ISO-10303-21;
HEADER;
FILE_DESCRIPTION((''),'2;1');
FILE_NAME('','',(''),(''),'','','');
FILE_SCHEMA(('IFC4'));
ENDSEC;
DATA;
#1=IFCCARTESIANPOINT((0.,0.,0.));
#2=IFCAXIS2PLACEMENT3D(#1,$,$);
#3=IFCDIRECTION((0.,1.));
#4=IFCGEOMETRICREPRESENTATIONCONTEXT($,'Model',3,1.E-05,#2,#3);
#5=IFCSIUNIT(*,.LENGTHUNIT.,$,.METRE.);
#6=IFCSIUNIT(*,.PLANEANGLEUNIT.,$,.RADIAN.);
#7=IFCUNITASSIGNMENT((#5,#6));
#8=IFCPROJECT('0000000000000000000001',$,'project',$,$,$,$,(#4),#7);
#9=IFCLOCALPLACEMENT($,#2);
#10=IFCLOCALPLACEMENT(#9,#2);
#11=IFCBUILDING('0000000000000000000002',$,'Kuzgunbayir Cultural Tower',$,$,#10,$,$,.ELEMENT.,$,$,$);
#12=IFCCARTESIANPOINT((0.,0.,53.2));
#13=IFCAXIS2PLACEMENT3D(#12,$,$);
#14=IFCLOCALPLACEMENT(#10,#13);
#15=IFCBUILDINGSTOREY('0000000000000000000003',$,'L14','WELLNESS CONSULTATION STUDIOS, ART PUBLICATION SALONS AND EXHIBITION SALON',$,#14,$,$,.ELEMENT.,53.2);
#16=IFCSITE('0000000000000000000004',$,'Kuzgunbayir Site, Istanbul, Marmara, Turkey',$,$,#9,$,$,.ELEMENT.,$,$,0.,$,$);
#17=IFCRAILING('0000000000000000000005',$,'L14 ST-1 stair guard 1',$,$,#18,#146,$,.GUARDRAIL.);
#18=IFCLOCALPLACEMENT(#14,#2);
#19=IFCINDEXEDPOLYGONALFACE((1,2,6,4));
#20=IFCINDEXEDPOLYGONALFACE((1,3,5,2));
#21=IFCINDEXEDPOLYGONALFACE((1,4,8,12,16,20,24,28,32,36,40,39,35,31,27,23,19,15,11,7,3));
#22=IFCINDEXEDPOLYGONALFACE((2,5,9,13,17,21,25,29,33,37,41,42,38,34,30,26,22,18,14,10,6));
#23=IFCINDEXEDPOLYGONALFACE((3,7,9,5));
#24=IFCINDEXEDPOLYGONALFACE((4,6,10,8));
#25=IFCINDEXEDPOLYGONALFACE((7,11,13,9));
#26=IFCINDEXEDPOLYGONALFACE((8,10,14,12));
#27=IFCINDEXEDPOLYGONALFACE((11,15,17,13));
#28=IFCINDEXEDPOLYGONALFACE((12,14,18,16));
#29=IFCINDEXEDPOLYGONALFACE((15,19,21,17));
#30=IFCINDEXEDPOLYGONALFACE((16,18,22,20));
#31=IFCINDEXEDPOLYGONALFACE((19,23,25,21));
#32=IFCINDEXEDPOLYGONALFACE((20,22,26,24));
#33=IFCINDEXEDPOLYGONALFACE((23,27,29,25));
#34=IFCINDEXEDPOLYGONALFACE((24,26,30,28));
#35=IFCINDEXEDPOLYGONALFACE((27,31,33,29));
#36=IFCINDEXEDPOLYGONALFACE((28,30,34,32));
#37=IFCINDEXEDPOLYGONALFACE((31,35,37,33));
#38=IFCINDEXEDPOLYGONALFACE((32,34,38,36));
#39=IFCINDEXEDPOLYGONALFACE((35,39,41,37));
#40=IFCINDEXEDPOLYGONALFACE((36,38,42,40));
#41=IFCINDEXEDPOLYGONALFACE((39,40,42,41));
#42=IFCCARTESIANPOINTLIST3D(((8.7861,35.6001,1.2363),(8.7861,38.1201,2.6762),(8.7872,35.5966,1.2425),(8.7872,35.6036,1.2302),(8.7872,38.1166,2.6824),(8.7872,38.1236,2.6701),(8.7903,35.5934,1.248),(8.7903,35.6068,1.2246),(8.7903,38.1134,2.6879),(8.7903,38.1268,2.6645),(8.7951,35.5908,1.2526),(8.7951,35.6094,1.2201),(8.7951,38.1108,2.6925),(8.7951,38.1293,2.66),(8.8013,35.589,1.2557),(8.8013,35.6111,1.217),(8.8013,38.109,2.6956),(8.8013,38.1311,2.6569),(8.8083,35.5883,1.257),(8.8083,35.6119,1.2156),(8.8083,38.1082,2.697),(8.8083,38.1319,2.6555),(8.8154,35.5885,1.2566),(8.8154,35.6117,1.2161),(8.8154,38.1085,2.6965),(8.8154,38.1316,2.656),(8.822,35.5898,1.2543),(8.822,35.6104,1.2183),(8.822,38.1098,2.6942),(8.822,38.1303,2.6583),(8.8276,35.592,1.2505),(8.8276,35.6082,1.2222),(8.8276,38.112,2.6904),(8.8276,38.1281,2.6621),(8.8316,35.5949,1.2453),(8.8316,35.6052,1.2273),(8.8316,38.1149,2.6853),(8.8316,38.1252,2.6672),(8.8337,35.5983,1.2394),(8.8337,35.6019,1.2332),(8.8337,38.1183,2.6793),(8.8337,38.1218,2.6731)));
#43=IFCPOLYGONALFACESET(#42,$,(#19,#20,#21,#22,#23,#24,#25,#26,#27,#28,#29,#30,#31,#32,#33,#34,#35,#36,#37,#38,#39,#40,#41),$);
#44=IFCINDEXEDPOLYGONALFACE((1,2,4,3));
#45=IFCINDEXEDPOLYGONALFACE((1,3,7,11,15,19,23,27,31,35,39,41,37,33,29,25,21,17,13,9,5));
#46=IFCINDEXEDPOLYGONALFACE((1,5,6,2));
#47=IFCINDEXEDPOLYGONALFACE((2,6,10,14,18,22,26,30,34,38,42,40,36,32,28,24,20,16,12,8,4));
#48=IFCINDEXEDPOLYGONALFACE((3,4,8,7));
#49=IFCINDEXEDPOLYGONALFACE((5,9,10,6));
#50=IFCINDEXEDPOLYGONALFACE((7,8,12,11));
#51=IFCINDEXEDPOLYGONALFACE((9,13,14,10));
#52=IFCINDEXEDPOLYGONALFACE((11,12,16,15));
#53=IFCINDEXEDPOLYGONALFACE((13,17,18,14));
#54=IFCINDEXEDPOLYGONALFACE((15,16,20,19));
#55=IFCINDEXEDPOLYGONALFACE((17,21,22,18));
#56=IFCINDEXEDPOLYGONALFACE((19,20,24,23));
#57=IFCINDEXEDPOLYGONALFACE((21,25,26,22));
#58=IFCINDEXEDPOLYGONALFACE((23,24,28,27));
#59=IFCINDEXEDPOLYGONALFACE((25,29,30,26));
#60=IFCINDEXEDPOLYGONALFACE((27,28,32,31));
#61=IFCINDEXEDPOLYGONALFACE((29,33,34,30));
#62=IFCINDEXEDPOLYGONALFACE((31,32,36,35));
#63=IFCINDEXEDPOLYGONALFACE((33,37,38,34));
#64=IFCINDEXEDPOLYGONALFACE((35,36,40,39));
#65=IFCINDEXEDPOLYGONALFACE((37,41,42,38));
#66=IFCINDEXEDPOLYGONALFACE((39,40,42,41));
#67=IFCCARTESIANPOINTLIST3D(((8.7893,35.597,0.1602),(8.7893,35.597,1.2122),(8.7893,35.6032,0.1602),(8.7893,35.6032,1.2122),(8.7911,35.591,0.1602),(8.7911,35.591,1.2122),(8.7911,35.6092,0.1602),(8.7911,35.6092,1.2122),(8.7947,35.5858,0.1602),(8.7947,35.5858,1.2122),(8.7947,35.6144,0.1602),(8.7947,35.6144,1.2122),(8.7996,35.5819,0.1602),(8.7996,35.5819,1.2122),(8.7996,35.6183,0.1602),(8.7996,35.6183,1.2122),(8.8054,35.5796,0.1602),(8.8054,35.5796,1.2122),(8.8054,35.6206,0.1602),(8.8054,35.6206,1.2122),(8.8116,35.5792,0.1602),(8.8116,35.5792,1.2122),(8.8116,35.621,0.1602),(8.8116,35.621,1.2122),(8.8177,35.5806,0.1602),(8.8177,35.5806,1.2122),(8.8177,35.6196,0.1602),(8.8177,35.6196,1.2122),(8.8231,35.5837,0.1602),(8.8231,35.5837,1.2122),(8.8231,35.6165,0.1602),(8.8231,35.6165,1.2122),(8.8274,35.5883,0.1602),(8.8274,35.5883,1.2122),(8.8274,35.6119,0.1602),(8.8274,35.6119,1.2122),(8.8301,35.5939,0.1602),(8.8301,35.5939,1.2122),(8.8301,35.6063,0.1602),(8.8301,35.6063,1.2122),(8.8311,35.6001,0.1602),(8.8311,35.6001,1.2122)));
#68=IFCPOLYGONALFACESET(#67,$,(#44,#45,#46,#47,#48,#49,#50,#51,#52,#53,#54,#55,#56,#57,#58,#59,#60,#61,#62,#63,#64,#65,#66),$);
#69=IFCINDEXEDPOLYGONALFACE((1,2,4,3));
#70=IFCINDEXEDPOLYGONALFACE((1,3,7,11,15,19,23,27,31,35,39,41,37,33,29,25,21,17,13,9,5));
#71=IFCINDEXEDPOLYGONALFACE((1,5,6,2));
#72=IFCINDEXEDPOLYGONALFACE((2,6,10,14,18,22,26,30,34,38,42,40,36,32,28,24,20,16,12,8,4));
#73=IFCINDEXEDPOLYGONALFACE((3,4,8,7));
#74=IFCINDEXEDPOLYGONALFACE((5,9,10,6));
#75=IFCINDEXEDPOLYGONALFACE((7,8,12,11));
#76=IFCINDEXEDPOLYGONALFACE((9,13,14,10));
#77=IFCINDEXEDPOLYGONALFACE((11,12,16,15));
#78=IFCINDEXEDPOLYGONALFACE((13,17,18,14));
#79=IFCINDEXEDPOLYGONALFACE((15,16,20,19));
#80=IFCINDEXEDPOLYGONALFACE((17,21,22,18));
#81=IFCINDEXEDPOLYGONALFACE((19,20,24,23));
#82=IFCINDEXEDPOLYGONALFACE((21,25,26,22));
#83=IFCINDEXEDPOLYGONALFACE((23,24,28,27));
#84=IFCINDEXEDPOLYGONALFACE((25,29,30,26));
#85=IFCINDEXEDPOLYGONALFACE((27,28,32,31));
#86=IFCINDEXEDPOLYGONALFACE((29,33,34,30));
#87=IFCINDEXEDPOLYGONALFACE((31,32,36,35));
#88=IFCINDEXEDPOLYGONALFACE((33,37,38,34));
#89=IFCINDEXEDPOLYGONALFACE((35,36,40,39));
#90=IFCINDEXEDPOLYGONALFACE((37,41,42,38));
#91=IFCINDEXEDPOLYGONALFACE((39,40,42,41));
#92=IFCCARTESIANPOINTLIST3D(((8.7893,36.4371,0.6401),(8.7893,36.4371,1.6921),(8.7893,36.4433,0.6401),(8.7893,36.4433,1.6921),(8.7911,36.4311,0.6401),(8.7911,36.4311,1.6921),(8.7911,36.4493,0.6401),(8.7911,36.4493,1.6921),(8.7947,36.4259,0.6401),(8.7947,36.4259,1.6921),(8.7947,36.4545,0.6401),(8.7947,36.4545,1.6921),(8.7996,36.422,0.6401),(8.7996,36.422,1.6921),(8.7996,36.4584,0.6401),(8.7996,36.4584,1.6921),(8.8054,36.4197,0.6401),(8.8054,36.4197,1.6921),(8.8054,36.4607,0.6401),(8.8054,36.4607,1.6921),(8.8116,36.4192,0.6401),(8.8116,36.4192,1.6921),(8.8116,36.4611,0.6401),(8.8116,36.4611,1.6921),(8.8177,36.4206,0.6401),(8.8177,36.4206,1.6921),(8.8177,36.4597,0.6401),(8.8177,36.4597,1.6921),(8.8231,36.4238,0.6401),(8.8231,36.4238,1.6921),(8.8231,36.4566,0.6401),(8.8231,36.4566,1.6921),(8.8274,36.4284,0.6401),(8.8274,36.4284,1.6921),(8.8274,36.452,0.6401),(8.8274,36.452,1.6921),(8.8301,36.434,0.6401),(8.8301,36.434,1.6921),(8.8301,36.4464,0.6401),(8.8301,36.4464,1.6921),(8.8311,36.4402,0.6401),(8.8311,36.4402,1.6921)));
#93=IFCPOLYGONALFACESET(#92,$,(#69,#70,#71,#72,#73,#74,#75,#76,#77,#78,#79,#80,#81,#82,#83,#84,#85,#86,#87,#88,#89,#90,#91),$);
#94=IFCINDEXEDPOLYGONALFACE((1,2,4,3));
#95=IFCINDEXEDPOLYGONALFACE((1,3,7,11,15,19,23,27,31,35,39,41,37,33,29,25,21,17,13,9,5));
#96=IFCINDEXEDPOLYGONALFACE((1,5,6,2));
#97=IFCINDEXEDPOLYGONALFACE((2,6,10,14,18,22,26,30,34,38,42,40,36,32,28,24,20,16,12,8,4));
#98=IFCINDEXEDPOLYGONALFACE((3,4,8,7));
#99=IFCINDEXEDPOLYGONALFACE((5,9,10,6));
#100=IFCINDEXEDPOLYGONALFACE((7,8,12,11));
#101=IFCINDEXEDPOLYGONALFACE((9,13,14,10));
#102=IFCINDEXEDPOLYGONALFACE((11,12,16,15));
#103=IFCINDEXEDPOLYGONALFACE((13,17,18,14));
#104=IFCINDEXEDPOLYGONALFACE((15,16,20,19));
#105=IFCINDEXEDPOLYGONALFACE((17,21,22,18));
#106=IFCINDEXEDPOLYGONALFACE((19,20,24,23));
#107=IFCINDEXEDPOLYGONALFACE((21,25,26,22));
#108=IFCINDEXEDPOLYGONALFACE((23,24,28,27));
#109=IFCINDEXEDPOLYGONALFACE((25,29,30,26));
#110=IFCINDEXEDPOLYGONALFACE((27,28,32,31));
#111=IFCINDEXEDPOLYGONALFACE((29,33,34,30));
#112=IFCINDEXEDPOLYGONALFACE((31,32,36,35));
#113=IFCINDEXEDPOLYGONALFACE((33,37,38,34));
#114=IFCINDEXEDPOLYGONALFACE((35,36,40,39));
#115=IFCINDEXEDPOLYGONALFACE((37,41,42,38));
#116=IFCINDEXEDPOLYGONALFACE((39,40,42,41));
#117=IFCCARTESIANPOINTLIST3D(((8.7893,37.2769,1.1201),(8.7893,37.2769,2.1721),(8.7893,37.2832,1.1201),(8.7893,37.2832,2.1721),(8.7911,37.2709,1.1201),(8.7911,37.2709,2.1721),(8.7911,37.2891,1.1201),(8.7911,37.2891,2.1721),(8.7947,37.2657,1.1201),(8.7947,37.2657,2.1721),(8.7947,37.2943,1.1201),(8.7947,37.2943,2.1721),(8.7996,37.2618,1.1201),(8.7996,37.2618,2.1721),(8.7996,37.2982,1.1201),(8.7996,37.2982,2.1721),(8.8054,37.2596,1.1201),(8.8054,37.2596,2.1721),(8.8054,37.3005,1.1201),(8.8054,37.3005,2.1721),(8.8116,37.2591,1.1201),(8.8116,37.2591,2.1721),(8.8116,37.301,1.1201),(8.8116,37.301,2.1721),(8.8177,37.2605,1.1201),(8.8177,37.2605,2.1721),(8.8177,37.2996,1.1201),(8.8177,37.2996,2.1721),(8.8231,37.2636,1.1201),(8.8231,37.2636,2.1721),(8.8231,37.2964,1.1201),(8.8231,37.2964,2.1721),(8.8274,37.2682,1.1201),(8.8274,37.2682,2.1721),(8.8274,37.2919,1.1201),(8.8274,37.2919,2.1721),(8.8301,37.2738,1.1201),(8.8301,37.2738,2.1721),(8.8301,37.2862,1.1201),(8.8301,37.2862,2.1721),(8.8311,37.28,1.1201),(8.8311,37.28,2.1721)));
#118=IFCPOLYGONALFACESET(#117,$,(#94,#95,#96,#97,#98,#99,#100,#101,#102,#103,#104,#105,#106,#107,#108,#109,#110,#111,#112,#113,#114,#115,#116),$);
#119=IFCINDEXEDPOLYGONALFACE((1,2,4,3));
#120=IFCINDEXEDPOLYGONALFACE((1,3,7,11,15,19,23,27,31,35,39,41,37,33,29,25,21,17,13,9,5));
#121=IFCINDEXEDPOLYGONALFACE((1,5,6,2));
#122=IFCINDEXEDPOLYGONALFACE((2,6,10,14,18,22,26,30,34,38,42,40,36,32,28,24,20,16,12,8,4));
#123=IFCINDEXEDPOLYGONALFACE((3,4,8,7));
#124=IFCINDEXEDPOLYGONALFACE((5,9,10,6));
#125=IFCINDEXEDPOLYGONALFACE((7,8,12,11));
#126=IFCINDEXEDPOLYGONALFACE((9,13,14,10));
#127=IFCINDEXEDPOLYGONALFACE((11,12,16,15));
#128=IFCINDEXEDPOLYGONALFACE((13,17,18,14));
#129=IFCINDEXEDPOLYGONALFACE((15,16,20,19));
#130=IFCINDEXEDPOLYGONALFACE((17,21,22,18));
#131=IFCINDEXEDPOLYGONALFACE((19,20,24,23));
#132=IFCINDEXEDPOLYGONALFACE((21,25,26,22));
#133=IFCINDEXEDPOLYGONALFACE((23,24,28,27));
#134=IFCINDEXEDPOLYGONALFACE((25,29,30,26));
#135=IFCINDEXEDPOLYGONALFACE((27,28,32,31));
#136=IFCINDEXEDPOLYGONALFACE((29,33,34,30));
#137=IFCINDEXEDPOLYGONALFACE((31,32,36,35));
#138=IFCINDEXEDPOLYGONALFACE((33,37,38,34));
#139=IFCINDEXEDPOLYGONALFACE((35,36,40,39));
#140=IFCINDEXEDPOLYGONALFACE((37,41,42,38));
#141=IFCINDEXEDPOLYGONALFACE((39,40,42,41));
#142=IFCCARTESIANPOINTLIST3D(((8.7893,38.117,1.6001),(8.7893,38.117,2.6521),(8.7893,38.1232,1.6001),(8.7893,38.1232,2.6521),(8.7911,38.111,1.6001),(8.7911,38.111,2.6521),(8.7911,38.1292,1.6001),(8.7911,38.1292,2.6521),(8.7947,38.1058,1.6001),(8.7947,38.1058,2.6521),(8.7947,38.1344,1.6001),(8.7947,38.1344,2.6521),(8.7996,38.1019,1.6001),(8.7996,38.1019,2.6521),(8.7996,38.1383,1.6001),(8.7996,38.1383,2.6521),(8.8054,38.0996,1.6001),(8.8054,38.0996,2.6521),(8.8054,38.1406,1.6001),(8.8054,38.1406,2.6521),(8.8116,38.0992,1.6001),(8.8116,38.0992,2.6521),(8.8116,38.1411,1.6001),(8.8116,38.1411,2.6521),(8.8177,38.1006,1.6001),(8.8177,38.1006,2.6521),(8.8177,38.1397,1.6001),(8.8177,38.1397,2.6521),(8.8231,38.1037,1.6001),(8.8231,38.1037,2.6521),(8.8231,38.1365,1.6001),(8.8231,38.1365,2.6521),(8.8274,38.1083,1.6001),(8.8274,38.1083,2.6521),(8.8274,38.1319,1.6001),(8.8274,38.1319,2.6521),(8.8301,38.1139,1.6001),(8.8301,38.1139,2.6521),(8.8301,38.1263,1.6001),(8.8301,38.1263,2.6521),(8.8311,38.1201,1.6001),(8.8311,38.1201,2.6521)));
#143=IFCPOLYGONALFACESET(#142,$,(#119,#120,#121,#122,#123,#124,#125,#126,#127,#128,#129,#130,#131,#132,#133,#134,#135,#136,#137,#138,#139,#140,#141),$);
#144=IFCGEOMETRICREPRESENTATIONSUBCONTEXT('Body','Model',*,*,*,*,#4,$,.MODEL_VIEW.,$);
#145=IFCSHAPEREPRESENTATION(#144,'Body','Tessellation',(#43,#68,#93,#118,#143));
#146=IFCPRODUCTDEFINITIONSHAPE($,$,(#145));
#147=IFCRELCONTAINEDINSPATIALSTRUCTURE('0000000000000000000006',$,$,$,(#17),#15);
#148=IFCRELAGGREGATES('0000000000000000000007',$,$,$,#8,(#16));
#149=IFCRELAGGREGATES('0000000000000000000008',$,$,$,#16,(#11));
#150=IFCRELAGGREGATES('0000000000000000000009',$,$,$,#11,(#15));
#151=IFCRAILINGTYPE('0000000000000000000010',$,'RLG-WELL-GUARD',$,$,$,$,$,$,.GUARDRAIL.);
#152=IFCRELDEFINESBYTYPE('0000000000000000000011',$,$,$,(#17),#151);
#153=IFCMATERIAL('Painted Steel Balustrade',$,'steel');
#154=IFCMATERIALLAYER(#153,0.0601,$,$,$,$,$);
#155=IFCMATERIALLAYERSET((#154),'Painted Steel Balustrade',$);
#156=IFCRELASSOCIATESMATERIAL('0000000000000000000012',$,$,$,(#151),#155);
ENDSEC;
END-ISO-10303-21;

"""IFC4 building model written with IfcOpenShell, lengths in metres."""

from ifc_helpers import new_model, si_unit, direction, frame, origin, origin_2d, place, context, subcontext, project, spatial, circle, extrude, material, layer, layer_set, type_object, element, save


model = new_model("IFC4")

# Units and contexts
model_context = context("Model", 3, precision=1e-05, world=origin(), true_north=direction((0.0, 1.0)))
body_context = subcontext(model_context, "Body", "Model", "MODEL_VIEW")
ifc_project = project(units=[si_unit("LENGTHUNIT", "METRE"), si_unit("PLANEANGLEUNIT", "RADIAN")], contexts=[model_context])

# Site, building, storey
site_placement = place(None, origin())
site = spatial("IfcSite", under=ifc_project, at=site_placement, Name="Kuzgunbayir Site, Istanbul, Marmara, Turkey", CompositionType="ELEMENT", RefElevation=0.0)
building_placement = place(site_placement, origin())
building = spatial("IfcBuilding", under=site, at=building_placement, Name="Kuzgunbayir Cultural Tower", CompositionType="ELEMENT")
storey_placement = place(building_placement, frame((0.0, 0.0, 53.2)))
storey = spatial("IfcBuildingStorey", under=building, at=storey_placement, Name="L14", Description="WELLNESS CONSULTATION STUDIOS, ART PUBLICATION SALONS AND EXHIBITION SALON", CompositionType="ELEMENT", Elevation=53.2)

# Railing
ifc_material_1 = material(Name="Painted Steel Balustrade", Category="steel")
ifc_layer_1 = layer(ifc_material_1, 0.0601)
ifc_layer_set_1 = layer_set([ifc_layer_1], Name="Painted Steel Balustrade")
railing_type_1 = type_object("IfcRailingType", Name="RLG-WELL-GUARD", PredefinedType="GUARDRAIL", material=ifc_layer_set_1)
railing_1_placement = place(storey_placement, frame((8.8101, 35.6001, 0.1602)))
element("IfcRailing", 1, at=railing_1_placement, inside=storey, type_object=railing_type_1, Name="L14 ST-1 stair guard 1", PredefinedType="GUARDRAIL", context=body_context, shape_type="SweptSolid", body=[
    extrude(circle(Radius=0.0239, at=origin_2d()), frame((0.0, 0.0, 1.0762), z_axis=(0.0, 0.868253, 0.496121), x_axis=(-1.0, 0.0, 0.0)), (0.0, 0.0, 1.0), 2.9023),
    extrude(circle(Radius=0.021, at=origin_2d()), origin(), (0.0, 0.0, 1.0), 1.052),
    extrude(circle(Radius=0.021, at=origin_2d()), frame((0.0, 0.8401, 0.48)), (0.0, 0.0, 1.0), 1.052),
    extrude(circle(Radius=0.021, at=origin_2d()), frame((0.0, 1.6799, 0.96)), (0.0, 0.0, 1.0), 1.052),
    extrude(circle(Radius=0.021, at=origin_2d()), frame((0.0, 2.52, 1.4399)), (0.0, 0.0, 1.0), 1.052),
])

save(model, "model.ifc")
